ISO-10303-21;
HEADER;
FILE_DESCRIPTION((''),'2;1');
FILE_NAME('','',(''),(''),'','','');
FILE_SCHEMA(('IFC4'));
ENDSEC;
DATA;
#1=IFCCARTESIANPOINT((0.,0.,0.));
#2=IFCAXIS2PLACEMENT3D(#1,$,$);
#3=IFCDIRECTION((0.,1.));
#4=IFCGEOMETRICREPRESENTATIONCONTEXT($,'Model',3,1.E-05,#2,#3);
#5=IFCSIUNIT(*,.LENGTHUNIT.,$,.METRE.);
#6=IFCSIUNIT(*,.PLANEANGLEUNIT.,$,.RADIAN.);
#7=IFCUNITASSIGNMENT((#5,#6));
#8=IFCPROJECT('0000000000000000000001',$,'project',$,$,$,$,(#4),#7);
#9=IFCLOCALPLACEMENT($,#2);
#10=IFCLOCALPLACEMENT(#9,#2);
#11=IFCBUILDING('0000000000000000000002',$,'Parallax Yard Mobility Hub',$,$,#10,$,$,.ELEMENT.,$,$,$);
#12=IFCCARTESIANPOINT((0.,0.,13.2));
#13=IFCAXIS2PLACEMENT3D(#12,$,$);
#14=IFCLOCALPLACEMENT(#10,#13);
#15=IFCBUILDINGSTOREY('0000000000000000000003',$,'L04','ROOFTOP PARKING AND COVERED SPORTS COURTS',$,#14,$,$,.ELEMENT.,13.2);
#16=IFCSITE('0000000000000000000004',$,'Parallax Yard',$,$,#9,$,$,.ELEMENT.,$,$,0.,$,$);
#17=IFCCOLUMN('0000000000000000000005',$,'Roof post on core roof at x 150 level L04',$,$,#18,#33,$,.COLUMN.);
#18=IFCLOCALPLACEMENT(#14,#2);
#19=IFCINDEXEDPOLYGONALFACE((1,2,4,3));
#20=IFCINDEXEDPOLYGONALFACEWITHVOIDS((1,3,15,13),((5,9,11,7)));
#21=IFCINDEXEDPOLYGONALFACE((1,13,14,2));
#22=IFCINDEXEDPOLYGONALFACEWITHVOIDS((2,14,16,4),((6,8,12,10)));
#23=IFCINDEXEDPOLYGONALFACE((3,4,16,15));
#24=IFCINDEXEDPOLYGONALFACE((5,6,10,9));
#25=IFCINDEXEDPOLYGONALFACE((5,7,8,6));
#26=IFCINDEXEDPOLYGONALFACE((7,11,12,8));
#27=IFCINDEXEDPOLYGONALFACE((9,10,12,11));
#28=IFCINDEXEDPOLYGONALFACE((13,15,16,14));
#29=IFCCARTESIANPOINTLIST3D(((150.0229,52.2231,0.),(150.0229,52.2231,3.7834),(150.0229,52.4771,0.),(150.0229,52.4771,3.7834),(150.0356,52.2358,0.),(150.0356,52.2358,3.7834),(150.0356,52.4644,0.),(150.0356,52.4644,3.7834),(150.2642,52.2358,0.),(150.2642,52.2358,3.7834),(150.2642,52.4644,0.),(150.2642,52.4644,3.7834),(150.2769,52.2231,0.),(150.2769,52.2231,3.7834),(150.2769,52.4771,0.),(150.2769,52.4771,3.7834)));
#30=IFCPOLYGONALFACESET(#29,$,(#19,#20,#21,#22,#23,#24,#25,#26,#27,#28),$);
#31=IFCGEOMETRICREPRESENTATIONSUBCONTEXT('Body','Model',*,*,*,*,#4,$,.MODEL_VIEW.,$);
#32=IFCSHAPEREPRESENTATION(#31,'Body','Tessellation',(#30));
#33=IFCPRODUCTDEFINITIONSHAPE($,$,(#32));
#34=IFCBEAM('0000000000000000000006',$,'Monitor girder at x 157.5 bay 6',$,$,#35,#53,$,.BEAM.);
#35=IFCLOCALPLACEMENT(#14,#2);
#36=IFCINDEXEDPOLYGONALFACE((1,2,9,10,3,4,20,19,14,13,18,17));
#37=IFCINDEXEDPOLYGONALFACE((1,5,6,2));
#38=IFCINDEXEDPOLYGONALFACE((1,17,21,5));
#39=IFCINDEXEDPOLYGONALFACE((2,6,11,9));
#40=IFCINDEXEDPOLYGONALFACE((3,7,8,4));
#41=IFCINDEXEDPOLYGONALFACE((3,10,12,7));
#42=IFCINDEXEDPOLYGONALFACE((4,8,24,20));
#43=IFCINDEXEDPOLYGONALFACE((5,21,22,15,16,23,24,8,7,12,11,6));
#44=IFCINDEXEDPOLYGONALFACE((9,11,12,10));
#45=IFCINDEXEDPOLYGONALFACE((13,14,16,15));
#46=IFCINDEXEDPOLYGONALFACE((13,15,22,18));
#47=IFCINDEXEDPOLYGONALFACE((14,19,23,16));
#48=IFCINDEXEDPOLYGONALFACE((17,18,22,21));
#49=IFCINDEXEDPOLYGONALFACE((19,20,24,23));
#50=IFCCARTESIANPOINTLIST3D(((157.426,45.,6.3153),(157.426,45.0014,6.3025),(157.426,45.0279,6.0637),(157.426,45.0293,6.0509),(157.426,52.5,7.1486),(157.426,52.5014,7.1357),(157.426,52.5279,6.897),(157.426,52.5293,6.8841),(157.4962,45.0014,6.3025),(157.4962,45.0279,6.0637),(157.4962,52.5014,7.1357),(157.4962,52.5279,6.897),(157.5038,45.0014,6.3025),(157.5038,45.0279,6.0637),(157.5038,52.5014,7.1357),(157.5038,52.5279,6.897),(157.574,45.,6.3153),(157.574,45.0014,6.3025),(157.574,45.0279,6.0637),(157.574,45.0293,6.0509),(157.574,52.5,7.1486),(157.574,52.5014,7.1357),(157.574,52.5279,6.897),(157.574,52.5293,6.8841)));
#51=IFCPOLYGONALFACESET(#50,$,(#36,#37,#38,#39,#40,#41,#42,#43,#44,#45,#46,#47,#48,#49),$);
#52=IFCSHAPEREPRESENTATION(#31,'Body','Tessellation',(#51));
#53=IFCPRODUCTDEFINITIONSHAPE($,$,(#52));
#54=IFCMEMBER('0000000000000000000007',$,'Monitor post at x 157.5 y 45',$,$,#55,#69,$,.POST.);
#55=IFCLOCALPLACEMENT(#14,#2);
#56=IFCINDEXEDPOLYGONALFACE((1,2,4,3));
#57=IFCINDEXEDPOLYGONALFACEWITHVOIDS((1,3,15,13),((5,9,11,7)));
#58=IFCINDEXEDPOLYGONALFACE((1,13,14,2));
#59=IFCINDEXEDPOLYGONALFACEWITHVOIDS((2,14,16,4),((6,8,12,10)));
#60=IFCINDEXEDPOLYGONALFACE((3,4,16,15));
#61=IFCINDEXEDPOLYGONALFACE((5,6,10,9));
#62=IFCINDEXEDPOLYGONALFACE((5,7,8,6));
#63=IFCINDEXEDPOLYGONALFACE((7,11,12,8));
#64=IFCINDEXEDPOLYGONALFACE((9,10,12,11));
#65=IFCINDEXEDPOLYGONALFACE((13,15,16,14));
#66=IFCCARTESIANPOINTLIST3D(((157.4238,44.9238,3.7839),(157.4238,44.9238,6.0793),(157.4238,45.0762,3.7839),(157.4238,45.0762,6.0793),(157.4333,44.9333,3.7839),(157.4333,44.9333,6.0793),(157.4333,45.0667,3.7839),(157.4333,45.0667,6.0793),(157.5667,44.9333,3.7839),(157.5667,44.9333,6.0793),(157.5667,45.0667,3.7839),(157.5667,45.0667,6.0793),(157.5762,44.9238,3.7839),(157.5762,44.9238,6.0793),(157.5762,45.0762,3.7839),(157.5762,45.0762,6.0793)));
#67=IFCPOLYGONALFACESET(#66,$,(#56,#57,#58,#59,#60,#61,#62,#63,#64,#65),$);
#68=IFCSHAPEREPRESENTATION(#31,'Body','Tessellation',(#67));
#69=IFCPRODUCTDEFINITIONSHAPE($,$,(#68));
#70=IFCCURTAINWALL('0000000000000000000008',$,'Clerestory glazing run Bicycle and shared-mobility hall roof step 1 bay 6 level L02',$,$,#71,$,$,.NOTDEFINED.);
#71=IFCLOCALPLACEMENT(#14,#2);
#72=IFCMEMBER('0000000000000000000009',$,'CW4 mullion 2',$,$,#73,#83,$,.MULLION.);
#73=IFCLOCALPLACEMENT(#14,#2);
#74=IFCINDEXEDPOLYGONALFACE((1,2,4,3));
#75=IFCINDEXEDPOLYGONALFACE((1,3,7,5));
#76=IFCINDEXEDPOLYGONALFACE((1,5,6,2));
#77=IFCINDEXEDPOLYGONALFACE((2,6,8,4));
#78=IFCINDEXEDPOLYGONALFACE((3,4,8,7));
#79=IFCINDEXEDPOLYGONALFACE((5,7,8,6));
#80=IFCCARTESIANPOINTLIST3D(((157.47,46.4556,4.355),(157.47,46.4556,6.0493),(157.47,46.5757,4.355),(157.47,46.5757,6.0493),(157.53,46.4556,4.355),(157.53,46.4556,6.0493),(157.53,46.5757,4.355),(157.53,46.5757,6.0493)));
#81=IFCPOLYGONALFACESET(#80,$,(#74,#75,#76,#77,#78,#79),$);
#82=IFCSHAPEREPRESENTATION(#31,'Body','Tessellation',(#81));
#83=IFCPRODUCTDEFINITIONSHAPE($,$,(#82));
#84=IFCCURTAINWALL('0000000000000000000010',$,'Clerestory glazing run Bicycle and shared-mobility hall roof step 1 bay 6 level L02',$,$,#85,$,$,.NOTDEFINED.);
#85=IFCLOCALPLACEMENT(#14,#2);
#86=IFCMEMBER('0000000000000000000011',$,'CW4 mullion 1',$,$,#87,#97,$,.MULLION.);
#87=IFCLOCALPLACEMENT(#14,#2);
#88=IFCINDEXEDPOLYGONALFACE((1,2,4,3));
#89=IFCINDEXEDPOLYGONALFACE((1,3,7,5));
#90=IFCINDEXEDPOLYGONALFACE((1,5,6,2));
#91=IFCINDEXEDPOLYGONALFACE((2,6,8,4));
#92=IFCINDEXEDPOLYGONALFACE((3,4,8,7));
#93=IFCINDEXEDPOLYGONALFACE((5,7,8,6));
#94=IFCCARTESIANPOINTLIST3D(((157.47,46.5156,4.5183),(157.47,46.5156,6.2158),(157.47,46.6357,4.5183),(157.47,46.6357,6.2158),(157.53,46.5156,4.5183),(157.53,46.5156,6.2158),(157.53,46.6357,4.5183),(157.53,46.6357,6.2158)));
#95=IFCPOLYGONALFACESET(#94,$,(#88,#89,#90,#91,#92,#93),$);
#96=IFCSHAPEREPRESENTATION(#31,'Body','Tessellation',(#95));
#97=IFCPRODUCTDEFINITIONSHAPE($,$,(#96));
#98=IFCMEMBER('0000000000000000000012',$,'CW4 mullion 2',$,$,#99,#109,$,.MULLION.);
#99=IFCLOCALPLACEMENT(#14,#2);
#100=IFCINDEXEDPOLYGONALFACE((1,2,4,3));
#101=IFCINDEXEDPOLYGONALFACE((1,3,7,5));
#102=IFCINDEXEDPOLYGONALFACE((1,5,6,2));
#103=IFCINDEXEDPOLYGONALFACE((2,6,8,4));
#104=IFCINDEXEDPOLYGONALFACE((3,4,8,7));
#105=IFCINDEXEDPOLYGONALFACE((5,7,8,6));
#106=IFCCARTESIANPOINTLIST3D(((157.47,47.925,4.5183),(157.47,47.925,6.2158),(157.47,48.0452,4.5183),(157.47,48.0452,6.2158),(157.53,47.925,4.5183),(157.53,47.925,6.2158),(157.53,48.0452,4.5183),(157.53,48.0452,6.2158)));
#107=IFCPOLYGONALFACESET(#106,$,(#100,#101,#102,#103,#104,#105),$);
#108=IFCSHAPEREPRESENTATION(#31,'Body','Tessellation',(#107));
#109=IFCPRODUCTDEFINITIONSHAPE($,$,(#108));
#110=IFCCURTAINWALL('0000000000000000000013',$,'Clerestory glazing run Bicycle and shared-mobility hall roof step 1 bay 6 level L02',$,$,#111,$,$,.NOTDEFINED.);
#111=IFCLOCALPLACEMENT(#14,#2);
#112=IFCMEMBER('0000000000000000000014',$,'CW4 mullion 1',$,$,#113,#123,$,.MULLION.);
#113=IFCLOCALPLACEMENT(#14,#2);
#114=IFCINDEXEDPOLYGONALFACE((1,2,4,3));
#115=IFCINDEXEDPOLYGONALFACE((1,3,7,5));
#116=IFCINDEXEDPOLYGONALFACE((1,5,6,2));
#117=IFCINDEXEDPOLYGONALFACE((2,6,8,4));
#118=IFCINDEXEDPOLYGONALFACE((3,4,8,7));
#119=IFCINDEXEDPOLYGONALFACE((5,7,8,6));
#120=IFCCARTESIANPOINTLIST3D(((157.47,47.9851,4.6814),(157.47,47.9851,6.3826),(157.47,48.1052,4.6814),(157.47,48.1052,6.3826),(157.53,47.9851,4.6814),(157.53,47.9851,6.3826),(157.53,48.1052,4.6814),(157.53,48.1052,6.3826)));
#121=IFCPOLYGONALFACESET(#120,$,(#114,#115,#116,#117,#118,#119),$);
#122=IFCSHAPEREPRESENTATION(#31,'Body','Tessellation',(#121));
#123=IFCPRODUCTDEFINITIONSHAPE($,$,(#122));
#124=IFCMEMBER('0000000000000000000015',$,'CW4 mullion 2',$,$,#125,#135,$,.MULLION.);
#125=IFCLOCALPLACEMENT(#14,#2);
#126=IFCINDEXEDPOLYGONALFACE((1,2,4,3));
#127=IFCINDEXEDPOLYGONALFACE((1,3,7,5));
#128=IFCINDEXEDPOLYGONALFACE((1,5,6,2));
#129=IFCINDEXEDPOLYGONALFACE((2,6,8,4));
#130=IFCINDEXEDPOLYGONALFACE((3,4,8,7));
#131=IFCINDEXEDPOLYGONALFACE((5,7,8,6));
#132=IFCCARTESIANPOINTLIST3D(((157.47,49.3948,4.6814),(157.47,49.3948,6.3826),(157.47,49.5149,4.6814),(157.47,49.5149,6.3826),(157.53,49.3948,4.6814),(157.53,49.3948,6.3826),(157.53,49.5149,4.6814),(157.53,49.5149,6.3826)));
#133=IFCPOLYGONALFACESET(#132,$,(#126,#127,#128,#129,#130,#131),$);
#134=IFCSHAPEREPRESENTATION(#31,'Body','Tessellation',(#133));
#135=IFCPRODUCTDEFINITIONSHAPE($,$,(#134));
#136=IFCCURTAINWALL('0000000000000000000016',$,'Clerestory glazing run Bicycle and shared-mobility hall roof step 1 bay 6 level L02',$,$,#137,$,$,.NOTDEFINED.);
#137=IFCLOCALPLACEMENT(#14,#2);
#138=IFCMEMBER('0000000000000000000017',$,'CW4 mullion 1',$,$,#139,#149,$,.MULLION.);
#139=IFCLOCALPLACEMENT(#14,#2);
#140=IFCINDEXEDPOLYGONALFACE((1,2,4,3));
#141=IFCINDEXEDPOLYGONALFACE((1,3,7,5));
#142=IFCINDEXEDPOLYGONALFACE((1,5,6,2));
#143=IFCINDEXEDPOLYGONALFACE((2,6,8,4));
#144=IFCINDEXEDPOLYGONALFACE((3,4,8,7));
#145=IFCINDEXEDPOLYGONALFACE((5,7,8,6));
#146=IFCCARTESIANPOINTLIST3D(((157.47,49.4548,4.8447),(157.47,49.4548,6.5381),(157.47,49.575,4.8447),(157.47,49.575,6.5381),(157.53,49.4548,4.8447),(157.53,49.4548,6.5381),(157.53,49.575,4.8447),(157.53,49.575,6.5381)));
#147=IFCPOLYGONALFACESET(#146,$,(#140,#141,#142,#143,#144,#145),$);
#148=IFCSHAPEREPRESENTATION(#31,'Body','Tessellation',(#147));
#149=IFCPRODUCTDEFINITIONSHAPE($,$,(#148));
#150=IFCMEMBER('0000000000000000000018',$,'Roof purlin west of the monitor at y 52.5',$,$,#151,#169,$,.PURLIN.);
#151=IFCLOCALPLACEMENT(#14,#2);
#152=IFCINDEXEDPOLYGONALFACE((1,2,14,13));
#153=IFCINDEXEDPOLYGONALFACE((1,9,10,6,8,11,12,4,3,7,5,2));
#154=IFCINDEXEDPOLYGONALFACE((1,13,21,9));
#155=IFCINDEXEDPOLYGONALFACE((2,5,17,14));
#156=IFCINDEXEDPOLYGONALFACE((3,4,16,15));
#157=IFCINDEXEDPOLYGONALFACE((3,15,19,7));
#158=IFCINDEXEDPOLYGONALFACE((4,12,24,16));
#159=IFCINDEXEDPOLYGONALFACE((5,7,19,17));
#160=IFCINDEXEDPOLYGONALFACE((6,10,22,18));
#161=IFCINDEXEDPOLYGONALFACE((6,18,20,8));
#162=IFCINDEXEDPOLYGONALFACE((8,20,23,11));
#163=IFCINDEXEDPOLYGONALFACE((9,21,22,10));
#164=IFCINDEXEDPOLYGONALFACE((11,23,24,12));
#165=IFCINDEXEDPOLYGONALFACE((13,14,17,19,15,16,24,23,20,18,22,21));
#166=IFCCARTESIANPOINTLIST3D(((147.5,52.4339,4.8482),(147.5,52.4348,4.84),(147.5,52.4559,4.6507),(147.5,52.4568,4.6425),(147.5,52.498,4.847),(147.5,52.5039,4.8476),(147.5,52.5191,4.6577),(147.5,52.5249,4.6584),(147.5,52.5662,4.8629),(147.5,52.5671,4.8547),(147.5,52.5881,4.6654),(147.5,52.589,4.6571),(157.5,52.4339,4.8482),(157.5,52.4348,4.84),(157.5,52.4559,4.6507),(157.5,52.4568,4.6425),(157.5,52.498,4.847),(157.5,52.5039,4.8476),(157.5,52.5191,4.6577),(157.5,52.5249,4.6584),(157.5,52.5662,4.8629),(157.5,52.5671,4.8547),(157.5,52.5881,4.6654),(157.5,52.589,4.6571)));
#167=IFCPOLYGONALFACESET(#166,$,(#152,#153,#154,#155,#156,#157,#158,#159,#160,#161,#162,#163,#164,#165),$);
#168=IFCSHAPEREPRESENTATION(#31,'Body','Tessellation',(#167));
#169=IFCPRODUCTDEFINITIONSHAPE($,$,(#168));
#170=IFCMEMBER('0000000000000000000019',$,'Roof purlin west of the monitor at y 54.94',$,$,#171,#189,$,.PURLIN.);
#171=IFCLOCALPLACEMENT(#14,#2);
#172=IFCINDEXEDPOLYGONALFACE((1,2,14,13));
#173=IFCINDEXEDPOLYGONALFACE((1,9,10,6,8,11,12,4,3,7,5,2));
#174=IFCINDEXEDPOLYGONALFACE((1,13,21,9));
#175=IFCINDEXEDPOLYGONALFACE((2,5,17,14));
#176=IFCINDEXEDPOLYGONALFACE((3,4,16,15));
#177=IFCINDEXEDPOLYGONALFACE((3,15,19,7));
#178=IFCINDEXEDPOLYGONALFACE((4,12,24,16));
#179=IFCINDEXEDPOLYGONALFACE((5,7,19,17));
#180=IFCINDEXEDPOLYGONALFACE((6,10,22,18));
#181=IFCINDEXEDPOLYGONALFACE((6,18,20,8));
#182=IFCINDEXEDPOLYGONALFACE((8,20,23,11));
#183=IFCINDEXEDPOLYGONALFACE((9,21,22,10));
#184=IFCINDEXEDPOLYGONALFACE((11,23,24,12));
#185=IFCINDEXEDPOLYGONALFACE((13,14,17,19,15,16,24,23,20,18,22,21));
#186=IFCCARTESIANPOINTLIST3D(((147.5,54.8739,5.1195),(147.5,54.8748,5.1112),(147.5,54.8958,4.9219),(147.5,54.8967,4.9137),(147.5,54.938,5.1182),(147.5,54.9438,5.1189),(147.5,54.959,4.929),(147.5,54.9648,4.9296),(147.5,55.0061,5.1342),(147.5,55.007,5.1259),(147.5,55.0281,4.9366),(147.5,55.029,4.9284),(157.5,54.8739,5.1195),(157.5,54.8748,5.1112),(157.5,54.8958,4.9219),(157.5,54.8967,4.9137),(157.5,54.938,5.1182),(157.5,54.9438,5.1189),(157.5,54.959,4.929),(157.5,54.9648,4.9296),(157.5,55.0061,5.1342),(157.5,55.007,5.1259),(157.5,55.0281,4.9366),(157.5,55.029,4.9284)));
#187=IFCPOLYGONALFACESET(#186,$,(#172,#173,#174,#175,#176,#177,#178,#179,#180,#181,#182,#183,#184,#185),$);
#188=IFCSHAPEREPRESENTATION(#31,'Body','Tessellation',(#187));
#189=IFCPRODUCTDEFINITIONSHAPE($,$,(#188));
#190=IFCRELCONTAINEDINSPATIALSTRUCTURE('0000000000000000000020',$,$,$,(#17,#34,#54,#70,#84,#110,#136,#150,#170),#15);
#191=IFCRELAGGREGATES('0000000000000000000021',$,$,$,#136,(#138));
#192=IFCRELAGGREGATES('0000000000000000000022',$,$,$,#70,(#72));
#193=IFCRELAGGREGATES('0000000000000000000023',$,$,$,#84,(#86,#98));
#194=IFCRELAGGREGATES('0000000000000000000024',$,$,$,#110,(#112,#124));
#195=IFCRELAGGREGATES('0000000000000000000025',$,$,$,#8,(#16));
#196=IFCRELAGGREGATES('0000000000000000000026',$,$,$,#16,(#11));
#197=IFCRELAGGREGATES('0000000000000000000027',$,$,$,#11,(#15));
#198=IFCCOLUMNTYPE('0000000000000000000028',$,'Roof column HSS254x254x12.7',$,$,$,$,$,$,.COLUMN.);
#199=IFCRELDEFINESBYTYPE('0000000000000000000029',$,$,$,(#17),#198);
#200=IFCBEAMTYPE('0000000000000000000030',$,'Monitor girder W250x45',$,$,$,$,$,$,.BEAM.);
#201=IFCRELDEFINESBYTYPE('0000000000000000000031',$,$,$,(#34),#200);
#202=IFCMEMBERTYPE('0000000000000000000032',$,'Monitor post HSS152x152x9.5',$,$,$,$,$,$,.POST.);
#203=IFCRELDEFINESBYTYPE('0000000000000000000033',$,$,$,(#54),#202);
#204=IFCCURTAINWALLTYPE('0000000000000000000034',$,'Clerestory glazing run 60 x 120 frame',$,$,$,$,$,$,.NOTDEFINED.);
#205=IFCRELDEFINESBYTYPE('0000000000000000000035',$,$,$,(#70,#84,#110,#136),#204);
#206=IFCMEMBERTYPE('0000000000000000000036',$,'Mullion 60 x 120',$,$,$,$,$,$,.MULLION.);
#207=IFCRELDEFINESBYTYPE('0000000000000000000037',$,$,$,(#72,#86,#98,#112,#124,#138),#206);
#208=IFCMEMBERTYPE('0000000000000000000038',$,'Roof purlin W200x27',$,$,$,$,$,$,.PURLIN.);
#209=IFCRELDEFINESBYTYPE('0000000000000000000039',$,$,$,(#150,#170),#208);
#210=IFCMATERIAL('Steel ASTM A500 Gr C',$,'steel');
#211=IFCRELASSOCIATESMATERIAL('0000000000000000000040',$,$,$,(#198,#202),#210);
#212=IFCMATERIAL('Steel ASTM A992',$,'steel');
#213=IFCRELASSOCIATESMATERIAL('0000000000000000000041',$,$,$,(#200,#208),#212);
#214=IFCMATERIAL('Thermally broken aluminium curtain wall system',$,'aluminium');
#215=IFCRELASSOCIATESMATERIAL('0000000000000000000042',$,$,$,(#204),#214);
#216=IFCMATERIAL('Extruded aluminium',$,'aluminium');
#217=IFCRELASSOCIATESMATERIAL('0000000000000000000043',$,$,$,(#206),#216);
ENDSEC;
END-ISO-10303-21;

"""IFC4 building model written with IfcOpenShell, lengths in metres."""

from ifc_helpers import new_model, si_unit, direction, frame, origin, origin_2d, place, context, subcontext, project, spatial, rectangle, hollow_rectangle, i_section, extrude, material, material_profile, profile_set, type_object, element, aggregate, save


model = new_model("IFC4")

# Units and contexts
model_context = context("Model", 3, precision=1e-05, world=origin(), true_north=direction((0.0, 1.0)))
body_context = subcontext(model_context, "Body", "Model", "MODEL_VIEW")
ifc_project = project(units=[si_unit("LENGTHUNIT", "METRE"), si_unit("PLANEANGLEUNIT", "RADIAN")], contexts=[model_context])

# Site, building, storey
site_placement = place(None, origin())
site = spatial("IfcSite", under=ifc_project, at=site_placement, Name="Parallax Yard", CompositionType="ELEMENT", RefElevation=0.0)
building_placement = place(site_placement, origin())
building = spatial("IfcBuilding", under=site, at=building_placement, Name="Parallax Yard Mobility Hub", CompositionType="ELEMENT")
storey_placement = place(building_placement, frame((0.0, 0.0, 13.2)))
storey = spatial("IfcBuildingStorey", under=building, at=storey_placement, Name="L04", Description="ROOFTOP PARKING AND COVERED SPORTS COURTS", CompositionType="ELEMENT", Elevation=13.2)

# Column
ifc_material_1 = material(Name="Steel ASTM A500 Gr C", Category="steel")
ifc_material_profile_1 = material_profile(ifc_material_1, hollow_rectangle(XDim=0.2539, YDim=0.2539, WallThickness=0.0127, at=origin_2d()), Name="HSS254x254x12.7")
ifc_profile_set_1 = profile_set([ifc_material_profile_1], Name="Steel ASTM A500 Gr C")
column_type = type_object("IfcColumnType", Name="Roof column HSS254x254x12.7", PredefinedType="COLUMN", material=ifc_profile_set_1)
column_placement = place(storey_placement, frame((150.1499, 52.3501, 0.0), z_axis=(0.0, 0.0, 1.0), x_axis=(1.0, 0.0, 0.0)))
element("IfcColumn", 1, at=column_placement, inside=storey, type_object=column_type, Name="Roof post on core roof at x 150 level L04", PredefinedType="COLUMN", context=body_context, shape_type="SweptSolid", body=[
    extrude(hollow_rectangle(XDim=0.2539, YDim=0.2539, WallThickness=0.0127, at=origin_2d()), origin(), (0.0, 0.0, 1.0), 3.7834),
])

# Beam
ifc_material_2 = material(Name="Steel ASTM A992", Category="steel")
ifc_material_profile_2 = material_profile(ifc_material_2, i_section(OverallWidth=0.1479, OverallDepth=0.2661, WebThickness=0.0076, FlangeThickness=0.0129, at=origin_2d()), Name="W250x45")
ifc_profile_set_2 = profile_set([ifc_material_profile_2], Name="Steel ASTM A992")
beam_type = type_object("IfcBeamType", Name="Monitor girder W250x45", PredefinedType="BEAM", material=ifc_profile_set_2)
beam_placement = place(storey_placement, frame((157.5, 45.0146, 6.1831), z_axis=(0.0, 0.993885, 0.110421), x_axis=(-1.0, 0.0, 0.0)))
element("IfcBeam", 2, at=beam_placement, inside=storey, type_object=beam_type, Name="Monitor girder at x 157.5 bay 6", PredefinedType="BEAM", context=body_context, shape_type="SweptSolid", body=[
    extrude(i_section(OverallWidth=0.1479, OverallDepth=0.2661, WebThickness=0.0076, FlangeThickness=0.0129, at=origin_2d()), origin(), (0.0, 0.0, 1.0), 7.5461),
])

# Member
ifc_material_profile_3 = material_profile(ifc_material_1, hollow_rectangle(XDim=0.1523, YDim=0.1523, WallThickness=0.0095, at=origin_2d()), Name="HSS152x152x9.5")
ifc_profile_set_3 = profile_set([ifc_material_profile_3], Name="Steel ASTM A500 Gr C")
member_type_1 = type_object("IfcMemberType", Name="Monitor post HSS152x152x9.5", PredefinedType="POST", material=ifc_profile_set_3)
member_1_placement = place(storey_placement, frame((157.5, 45.0, 3.7839), z_axis=(0.0, 0.0, 1.0), x_axis=(1.0, 0.0, 0.0)))
element("IfcMember", 3, at=member_1_placement, inside=storey, type_object=member_type_1, Name="Monitor post at x 157.5 y 45", PredefinedType="POST", context=body_context, shape_type="SweptSolid", body=[
    extrude(hollow_rectangle(XDim=0.1523, YDim=0.1523, WallThickness=0.0095, at=origin_2d()), origin(), (0.0, 0.0, 1.0), 2.2954),
])

# Curtain wall, member
ifc_material_3 = material(Name="Thermally broken aluminium curtain wall system", Category="aluminium")
curtain_wall_type = type_object("IfcCurtainWallType", Name="Clerestory glazing run 60 x 120 frame", PredefinedType="NOTDEFINED", material=ifc_material_3)
curtain_wall_1_placement = place(storey_placement, origin())
curtain_wall_1 = element("IfcCurtainWall", 4, at=curtain_wall_1_placement, inside=storey, type_object=curtain_wall_type, Name="Clerestory glazing run Bicycle and shared-mobility hall roof step 1 bay 6 level L02", PredefinedType="NOTDEFINED")
ifc_material_4 = material(Name="Extruded aluminium", Category="aluminium")
ifc_material_profile_4 = material_profile(ifc_material_4, rectangle(XDim=0.0601, YDim=0.1201, at=origin_2d()), Name="Mullion 60 x 120")
ifc_profile_set_4 = profile_set([ifc_material_profile_4], Name="Extruded aluminium")
member_type_2 = type_object("IfcMemberType", Name="Mullion 60 x 120", PredefinedType="MULLION", material=ifc_profile_set_4)
member_2_placement = place(storey_placement, frame((157.5, 46.5156, 4.355), z_axis=(0.0, 0.0, 1.0), x_axis=(-1.0, 0.0, 0.0)))
member_2 = element("IfcMember", 5, at=member_2_placement, type_object=member_type_2, Name="CW4 mullion 2", PredefinedType="MULLION", context=body_context, shape_type="SweptSolid", body=[
    extrude(rectangle(XDim=0.0601, YDim=0.1201, at=origin_2d()), origin(), (0.0, 0.0, 1.0), 1.6943),
])

# Curtain walls, members
curtain_wall_2_placement = place(storey_placement, origin())
curtain_wall_2 = element("IfcCurtainWall", 6, at=curtain_wall_2_placement, inside=storey, type_object=curtain_wall_type, Name="Clerestory glazing run Bicycle and shared-mobility hall roof step 1 bay 6 level L02", PredefinedType="NOTDEFINED")
member_3_placement = place(storey_placement, frame((157.5, 46.5757, 4.5183), z_axis=(0.0, 0.0, 1.0), x_axis=(-1.0, 0.0, 0.0)))
member_3 = element("IfcMember", 7, at=member_3_placement, type_object=member_type_2, Name="CW4 mullion 1", PredefinedType="MULLION", context=body_context, shape_type="SweptSolid", body=[
    extrude(rectangle(XDim=0.0601, YDim=0.1201, at=origin_2d()), origin(), (0.0, 0.0, 1.0), 1.6975),
])
member_4_placement = place(storey_placement, frame((157.5, 47.9851, 4.5183), z_axis=(0.0, 0.0, 1.0), x_axis=(-1.0, 0.0, 0.0)))
member_4 = element("IfcMember", 8, at=member_4_placement, type_object=member_type_2, Name="CW4 mullion 2", PredefinedType="MULLION", context=body_context, shape_type="SweptSolid", body=[
    extrude(rectangle(XDim=0.0601, YDim=0.1201, at=origin_2d()), origin(), (0.0, 0.0, 1.0), 1.6975),
])
curtain_wall_3_placement = place(storey_placement, origin())
curtain_wall_3 = element("IfcCurtainWall", 9, at=curtain_wall_3_placement, inside=storey, type_object=curtain_wall_type, Name="Clerestory glazing run Bicycle and shared-mobility hall roof step 1 bay 6 level L02", PredefinedType="NOTDEFINED")
member_5_placement = place(storey_placement, frame((157.5, 48.0452, 4.6814), z_axis=(0.0, 0.0, 1.0), x_axis=(-1.0, 0.0, 0.0)))
member_5 = element("IfcMember", 10, at=member_5_placement, type_object=member_type_2, Name="CW4 mullion 1", PredefinedType="MULLION", context=body_context, shape_type="SweptSolid", body=[
    extrude(rectangle(XDim=0.0601, YDim=0.1201, at=origin_2d()), origin(), (0.0, 0.0, 1.0), 1.7012),
])
member_6_placement = place(storey_placement, frame((157.5, 49.4548, 4.6814), z_axis=(0.0, 0.0, 1.0), x_axis=(-1.0, 0.0, 0.0)))
member_6 = element("IfcMember", 11, at=member_6_placement, type_object=member_type_2, Name="CW4 mullion 2", PredefinedType="MULLION", context=body_context, shape_type="SweptSolid", body=[
    extrude(rectangle(XDim=0.0601, YDim=0.1201, at=origin_2d()), origin(), (0.0, 0.0, 1.0), 1.7012),
])

# Curtain wall, member
curtain_wall_4_placement = place(storey_placement, origin())
curtain_wall_4 = element("IfcCurtainWall", 12, at=curtain_wall_4_placement, inside=storey, type_object=curtain_wall_type, Name="Clerestory glazing run Bicycle and shared-mobility hall roof step 1 bay 6 level L02", PredefinedType="NOTDEFINED")
member_7_placement = place(storey_placement, frame((157.5, 49.5149, 4.8447), z_axis=(0.0, 0.0, 1.0), x_axis=(-1.0, 0.0, 0.0)))
member_7 = element("IfcMember", 13, at=member_7_placement, type_object=member_type_2, Name="CW4 mullion 1", PredefinedType="MULLION", context=body_context, shape_type="SweptSolid", body=[
    extrude(rectangle(XDim=0.0601, YDim=0.1201, at=origin_2d()), origin(), (0.0, 0.0, 1.0), 1.6934),
])

# Members
ifc_material_profile_5 = material_profile(ifc_material_2, i_section(OverallWidth=0.1331, OverallDepth=0.207, WebThickness=0.0059, FlangeThickness=0.0083, at=origin_2d()), Name="W200x27")
ifc_profile_set_5 = profile_set([ifc_material_profile_5], Name="Steel ASTM A992")
member_type_3 = type_object("IfcMemberType", Name="Roof purlin W200x27", PredefinedType="PURLIN", material=ifc_profile_set_5)
for number, where, z_axis, x_axis, name in (
    (14, (147.5, 52.5115, 4.7527), (1.0, 0.0, 0.0), (0.0, 0.993884, 0.110432), "Roof purlin west of the monitor at y 52.5"),
    (15, (147.5, 54.9514, 5.0239), (1.0, 0.0, 0.0), (0.0, 0.993884, 0.110432), "Roof purlin west of the monitor at y 54.94"),
):
    element("IfcMember", number, at=place(storey_placement, frame(where, z_axis=z_axis, x_axis=x_axis)), inside=storey, type_object=member_type_3, Name=name, PredefinedType="PURLIN", context=body_context, shape_type="SweptSolid", body=[
        extrude(i_section(OverallWidth=0.1331, OverallDepth=0.207, WebThickness=0.0059, FlangeThickness=0.0083, at=origin_2d()), origin(), (0.0, 0.0, 1.0), 10.0),
    ])

aggregate(curtain_wall_4, [member_7])

aggregate(curtain_wall_1, [member_2])
aggregate(curtain_wall_2, [member_3, member_4])
aggregate(curtain_wall_3, [member_5, member_6])

save(model, "model.ifc")
